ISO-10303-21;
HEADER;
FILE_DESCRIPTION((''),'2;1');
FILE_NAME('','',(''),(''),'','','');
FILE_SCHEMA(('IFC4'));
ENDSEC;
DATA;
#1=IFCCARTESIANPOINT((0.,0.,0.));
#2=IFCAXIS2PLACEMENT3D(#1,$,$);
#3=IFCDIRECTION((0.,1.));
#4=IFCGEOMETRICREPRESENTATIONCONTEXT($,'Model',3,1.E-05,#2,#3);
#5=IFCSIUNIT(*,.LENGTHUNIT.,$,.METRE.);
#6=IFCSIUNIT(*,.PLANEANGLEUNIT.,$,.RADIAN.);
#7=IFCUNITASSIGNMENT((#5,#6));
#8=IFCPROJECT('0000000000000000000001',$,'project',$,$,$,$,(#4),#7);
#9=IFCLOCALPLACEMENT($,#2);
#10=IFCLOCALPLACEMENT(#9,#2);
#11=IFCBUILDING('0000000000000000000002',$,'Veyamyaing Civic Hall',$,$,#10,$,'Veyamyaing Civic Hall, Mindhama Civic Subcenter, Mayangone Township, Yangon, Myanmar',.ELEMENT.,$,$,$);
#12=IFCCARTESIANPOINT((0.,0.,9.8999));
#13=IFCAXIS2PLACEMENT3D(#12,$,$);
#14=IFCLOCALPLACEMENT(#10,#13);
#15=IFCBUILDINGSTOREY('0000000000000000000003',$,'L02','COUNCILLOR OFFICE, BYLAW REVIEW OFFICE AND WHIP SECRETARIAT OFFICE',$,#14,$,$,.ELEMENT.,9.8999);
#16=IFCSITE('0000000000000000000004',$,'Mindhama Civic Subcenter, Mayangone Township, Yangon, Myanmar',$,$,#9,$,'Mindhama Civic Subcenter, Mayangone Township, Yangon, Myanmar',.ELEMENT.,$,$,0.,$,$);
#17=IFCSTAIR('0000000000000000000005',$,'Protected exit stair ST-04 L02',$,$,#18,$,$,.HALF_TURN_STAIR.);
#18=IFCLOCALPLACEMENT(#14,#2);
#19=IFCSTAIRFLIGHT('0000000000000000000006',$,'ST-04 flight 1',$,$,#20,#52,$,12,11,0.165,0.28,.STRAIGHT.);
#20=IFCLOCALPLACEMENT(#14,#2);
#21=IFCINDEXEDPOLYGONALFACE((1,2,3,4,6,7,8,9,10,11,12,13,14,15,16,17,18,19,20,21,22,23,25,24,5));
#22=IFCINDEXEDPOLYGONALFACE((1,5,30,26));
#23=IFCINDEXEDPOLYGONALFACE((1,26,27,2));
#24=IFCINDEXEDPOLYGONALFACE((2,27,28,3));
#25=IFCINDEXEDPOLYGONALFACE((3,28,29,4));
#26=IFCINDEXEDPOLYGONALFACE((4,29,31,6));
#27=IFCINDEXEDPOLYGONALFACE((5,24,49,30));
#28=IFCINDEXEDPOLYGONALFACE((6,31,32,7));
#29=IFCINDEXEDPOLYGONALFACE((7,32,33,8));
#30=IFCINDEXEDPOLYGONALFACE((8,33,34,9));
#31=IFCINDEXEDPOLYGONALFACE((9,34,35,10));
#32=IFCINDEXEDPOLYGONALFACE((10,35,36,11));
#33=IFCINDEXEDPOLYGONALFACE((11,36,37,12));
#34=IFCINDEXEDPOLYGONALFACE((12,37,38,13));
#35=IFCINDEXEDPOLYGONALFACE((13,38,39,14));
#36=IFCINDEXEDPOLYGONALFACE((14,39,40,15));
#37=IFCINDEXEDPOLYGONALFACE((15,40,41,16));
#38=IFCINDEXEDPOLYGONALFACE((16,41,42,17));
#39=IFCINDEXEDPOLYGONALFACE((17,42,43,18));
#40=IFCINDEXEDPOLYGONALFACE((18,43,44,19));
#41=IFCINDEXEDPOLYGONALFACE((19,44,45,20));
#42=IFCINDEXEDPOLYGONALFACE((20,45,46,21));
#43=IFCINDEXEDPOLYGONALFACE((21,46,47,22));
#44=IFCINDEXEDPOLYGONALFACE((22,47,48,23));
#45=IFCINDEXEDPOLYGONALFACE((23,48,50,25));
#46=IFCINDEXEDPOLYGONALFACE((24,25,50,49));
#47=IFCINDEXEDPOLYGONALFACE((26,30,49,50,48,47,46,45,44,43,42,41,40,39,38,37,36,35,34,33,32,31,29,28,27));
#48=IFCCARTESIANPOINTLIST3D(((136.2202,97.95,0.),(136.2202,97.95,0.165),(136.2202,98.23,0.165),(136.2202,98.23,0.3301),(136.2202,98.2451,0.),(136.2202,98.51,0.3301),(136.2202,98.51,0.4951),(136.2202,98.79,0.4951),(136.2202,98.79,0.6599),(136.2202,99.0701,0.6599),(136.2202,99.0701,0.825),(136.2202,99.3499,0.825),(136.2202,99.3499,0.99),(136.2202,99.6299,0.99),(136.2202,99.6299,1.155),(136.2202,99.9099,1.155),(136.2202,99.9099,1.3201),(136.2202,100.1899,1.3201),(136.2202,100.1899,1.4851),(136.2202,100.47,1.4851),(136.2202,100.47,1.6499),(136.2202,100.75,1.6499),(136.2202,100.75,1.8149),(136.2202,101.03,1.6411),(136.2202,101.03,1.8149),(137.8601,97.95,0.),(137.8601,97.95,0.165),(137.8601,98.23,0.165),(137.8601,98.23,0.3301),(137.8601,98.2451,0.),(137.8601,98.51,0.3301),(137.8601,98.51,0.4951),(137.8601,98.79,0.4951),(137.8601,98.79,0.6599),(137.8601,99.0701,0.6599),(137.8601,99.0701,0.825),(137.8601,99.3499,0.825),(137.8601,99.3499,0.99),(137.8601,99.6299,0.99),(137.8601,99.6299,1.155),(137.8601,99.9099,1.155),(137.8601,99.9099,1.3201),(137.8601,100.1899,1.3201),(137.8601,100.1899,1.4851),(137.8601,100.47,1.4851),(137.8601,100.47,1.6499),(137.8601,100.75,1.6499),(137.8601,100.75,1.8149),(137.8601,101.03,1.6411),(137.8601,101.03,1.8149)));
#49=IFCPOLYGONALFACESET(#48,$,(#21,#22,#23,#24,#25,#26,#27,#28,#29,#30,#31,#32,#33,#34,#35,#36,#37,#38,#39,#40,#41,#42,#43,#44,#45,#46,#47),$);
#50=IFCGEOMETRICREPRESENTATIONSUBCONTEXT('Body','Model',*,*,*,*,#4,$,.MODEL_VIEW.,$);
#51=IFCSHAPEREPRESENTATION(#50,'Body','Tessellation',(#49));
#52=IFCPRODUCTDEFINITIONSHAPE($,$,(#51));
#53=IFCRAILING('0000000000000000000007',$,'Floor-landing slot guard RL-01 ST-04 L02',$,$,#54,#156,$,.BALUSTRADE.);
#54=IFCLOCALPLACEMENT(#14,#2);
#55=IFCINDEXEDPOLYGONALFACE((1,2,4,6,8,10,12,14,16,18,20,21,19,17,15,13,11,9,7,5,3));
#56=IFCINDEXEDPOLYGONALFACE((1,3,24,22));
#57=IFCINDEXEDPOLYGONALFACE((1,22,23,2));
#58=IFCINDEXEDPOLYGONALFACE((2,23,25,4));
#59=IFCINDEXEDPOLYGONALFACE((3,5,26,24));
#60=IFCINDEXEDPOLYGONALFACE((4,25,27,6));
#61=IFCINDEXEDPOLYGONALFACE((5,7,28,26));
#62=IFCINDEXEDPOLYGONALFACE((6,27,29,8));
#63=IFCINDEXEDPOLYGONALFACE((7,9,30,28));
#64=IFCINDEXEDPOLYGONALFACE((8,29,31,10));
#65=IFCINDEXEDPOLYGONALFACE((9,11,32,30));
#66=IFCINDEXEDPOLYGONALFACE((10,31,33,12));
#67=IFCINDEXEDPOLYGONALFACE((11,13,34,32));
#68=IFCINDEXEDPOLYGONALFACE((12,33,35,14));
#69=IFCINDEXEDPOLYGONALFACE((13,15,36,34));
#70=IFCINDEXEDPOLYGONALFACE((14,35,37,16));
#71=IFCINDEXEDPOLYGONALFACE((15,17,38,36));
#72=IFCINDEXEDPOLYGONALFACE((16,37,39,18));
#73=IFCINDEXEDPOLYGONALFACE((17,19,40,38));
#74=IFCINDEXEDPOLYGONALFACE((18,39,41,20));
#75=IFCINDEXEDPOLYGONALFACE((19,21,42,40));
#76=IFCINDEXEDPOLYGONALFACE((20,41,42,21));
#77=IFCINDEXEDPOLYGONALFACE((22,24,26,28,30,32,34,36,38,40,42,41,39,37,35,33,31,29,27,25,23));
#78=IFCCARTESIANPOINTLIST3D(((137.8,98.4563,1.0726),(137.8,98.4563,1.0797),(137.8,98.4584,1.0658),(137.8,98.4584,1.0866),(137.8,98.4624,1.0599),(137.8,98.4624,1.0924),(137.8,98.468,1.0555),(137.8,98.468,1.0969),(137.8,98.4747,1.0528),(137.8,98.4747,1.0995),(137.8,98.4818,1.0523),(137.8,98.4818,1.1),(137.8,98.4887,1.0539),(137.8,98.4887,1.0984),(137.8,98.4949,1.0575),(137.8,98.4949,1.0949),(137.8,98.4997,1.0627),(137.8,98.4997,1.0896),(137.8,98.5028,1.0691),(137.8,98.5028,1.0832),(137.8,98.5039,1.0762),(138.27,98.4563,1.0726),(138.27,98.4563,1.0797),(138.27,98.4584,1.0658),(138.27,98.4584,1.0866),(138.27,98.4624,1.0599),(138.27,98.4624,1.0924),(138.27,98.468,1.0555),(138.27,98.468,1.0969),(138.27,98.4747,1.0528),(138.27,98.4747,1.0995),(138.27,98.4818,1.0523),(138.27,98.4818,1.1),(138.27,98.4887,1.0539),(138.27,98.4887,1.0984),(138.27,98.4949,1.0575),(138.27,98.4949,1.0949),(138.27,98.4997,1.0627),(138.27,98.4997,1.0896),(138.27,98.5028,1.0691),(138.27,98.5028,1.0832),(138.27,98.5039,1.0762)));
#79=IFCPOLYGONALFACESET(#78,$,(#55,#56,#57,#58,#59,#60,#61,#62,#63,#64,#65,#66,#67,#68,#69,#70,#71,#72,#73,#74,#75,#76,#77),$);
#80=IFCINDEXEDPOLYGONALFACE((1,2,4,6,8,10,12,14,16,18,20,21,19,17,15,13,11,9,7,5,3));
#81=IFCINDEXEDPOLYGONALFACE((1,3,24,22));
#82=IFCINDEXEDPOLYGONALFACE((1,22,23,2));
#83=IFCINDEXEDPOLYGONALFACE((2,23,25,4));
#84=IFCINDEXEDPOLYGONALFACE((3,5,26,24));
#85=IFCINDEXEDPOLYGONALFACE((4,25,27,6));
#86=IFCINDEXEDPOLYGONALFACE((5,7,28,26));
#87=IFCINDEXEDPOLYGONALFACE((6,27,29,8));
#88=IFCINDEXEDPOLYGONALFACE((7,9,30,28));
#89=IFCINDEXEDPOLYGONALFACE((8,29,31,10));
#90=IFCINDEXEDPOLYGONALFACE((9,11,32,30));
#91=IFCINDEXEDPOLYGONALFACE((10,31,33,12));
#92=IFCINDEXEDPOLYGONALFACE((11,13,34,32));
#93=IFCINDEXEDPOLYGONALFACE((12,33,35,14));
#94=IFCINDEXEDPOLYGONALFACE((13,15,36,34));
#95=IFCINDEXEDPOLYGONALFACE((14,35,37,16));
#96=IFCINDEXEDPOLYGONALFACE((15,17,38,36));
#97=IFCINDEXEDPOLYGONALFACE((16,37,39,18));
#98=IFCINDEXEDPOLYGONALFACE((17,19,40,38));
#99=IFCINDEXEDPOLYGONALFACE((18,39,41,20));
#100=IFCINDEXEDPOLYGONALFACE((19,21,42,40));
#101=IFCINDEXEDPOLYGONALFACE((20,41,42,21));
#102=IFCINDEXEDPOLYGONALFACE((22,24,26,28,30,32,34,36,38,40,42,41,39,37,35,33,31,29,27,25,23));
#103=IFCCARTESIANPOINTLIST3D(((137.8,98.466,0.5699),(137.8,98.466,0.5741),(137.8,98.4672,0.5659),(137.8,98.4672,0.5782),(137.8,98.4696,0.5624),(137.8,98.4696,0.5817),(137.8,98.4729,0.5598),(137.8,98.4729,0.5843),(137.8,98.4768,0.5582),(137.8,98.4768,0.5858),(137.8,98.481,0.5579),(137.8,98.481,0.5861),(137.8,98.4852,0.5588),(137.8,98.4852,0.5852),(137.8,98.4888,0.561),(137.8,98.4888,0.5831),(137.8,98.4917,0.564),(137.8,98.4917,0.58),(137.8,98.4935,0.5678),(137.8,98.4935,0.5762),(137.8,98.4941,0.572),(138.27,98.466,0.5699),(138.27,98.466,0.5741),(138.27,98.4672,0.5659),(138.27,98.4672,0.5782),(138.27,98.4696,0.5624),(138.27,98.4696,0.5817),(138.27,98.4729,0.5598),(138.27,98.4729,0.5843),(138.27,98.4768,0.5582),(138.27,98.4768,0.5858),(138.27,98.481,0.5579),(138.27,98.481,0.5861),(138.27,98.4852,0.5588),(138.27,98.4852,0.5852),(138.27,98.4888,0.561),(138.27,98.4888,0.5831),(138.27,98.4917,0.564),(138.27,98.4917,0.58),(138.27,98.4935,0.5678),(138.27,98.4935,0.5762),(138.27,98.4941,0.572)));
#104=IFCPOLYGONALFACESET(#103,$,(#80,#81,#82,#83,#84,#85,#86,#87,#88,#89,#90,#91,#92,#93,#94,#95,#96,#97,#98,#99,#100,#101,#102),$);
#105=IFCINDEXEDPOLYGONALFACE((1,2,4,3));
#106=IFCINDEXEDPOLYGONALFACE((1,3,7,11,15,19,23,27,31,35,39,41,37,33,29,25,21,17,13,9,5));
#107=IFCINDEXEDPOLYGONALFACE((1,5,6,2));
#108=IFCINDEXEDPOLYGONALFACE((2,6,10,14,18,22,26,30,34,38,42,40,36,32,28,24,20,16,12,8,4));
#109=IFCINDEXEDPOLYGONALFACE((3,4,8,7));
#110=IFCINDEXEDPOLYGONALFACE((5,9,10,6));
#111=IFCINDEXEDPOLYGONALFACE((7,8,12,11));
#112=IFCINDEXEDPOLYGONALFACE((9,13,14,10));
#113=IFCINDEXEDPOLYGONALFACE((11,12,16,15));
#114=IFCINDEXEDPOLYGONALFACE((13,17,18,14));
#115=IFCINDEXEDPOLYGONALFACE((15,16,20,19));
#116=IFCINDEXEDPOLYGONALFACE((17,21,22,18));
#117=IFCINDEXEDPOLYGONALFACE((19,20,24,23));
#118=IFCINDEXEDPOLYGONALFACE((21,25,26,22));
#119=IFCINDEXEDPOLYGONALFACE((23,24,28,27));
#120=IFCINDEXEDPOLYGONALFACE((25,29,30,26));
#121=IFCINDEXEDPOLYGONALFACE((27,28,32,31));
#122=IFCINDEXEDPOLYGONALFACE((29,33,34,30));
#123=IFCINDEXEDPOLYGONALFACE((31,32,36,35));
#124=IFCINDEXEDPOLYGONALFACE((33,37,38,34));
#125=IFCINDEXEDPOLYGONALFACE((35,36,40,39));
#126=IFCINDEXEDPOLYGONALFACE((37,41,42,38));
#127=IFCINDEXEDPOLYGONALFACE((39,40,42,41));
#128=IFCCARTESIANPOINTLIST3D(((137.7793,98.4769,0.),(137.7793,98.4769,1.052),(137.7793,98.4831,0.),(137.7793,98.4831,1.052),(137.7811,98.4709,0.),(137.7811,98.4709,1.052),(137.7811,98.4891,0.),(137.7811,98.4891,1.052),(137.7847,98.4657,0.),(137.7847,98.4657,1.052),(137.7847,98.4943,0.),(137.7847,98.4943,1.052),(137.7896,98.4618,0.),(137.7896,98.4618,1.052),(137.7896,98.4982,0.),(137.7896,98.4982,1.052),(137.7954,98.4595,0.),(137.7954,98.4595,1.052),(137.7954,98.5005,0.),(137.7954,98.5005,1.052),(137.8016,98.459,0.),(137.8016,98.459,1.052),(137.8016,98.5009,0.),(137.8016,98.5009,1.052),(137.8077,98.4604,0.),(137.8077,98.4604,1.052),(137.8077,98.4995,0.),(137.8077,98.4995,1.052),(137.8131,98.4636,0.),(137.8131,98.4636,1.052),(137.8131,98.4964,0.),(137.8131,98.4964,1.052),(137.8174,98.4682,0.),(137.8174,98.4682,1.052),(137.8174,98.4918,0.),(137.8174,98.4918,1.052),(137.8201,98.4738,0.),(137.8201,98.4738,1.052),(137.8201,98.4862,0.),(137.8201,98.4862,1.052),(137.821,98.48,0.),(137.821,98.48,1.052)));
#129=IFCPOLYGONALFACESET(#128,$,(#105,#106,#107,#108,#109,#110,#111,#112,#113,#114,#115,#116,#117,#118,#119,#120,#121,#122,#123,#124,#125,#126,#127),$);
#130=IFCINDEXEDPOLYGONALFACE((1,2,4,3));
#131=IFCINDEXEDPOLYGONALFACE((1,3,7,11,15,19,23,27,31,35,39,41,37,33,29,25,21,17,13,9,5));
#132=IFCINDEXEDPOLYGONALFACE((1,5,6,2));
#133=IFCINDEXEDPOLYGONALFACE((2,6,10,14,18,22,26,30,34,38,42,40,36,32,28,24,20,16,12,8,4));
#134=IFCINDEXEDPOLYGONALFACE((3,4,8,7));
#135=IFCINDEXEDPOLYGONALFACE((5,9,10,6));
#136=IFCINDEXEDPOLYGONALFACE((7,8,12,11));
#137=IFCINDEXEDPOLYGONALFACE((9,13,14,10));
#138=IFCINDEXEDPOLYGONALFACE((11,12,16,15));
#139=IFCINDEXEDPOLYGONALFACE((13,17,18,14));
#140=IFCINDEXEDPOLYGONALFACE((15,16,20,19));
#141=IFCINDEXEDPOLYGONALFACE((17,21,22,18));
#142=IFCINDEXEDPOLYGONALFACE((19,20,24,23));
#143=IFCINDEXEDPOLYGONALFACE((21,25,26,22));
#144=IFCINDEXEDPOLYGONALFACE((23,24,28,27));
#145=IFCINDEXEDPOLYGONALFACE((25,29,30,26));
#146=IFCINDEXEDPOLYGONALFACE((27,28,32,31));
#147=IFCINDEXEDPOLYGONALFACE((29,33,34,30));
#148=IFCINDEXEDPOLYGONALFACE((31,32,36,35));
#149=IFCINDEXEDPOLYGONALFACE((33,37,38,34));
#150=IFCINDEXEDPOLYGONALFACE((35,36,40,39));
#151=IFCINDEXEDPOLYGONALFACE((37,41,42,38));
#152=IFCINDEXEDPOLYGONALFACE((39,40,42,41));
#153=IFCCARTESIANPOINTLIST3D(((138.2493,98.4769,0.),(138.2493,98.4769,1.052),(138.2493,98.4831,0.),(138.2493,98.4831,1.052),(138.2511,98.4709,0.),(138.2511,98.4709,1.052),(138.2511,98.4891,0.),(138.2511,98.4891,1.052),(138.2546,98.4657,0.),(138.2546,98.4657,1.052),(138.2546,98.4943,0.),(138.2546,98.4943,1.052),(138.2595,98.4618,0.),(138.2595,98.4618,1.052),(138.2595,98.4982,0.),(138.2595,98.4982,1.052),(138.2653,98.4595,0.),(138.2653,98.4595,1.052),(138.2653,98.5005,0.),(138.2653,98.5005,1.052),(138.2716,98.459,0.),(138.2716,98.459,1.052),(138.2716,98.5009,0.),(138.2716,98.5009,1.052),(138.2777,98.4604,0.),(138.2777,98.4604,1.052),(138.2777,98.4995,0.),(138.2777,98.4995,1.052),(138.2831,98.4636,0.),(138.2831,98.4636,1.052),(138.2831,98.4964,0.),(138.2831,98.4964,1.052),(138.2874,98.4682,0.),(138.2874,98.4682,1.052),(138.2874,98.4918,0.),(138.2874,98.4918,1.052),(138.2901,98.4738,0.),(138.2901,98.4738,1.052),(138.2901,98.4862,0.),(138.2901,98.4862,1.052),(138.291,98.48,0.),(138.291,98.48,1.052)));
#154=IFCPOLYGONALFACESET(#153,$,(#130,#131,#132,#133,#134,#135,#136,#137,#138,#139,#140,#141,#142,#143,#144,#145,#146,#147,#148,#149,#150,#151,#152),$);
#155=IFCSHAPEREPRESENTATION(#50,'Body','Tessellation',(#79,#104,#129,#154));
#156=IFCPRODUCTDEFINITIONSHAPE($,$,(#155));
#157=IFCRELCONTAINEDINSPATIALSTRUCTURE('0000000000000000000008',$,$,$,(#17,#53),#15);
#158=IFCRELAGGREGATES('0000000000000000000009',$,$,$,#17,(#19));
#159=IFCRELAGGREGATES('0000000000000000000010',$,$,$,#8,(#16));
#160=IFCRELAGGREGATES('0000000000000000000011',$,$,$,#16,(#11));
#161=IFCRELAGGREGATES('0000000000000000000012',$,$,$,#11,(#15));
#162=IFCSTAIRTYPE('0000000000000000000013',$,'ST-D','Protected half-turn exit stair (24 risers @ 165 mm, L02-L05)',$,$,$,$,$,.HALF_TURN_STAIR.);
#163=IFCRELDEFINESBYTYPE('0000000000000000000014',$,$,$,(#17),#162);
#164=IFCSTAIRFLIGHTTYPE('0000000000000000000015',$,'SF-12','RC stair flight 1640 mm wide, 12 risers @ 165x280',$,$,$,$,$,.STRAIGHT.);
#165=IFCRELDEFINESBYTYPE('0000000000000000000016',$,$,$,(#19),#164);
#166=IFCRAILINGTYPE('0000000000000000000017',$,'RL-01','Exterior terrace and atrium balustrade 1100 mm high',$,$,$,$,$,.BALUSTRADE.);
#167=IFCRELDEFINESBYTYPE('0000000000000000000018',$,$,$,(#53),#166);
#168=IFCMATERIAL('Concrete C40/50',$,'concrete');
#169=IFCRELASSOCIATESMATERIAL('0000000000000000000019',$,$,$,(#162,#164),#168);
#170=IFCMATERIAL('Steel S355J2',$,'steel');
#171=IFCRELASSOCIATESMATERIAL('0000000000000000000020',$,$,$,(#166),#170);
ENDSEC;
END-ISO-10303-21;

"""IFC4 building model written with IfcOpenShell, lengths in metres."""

from ifc_helpers import new_model, si_unit, direction, frame, origin, origin_2d, place, context, subcontext, project, spatial, polyline, circle, outline, extrude, material, type_object, element, aggregate, save


model = new_model("IFC4")

# Units and contexts
model_context = context("Model", 3, precision=1e-05, world=origin(), true_north=direction((0.0, 1.0)))
body_context = subcontext(model_context, "Body", "Model", "MODEL_VIEW")
ifc_project = project(units=[si_unit("LENGTHUNIT", "METRE"), si_unit("PLANEANGLEUNIT", "RADIAN")], contexts=[model_context])

# Site, building, storey
site_placement = place(None, origin())
site = spatial("IfcSite", under=ifc_project, at=site_placement, Name="Mindhama Civic Subcenter, Mayangone Township, Yangon, Myanmar", LongName="Mindhama Civic Subcenter, Mayangone Township, Yangon, Myanmar", CompositionType="ELEMENT", RefElevation=0.0)
building_placement = place(site_placement, origin())
building = spatial("IfcBuilding", under=site, at=building_placement, Name="Veyamyaing Civic Hall", LongName="Veyamyaing Civic Hall, Mindhama Civic Subcenter, Mayangone Township, Yangon, Myanmar", CompositionType="ELEMENT")
storey_placement = place(building_placement, frame((0.0, 0.0, 9.8999)))
storey = spatial("IfcBuildingStorey", under=building, at=storey_placement, Name="L02", Description="COUNCILLOR OFFICE, BYLAW REVIEW OFFICE AND WHIP SECRETARIAT OFFICE", CompositionType="ELEMENT", Elevation=9.8999)

# Shared definitions
ifc_material_1 = material(Name="Concrete C40/50", Category="concrete")

# Stair, stair flight
stair_type = type_object("IfcStairType", Name="ST-D", Description="Protected half-turn exit stair (24 risers @ 165 mm, L02-L05)", PredefinedType="HALF_TURN_STAIR", material=ifc_material_1)
stair_placement = place(storey_placement, origin())
stair = element("IfcStair", 1, at=stair_placement, inside=storey, type_object=stair_type, Name="Protected exit stair ST-04 L02", PredefinedType="HALF_TURN_STAIR")
stair_flight_type = type_object("IfcStairFlightType", Name="SF-12", Description="RC stair flight 1640 mm wide, 12 risers @ 165x280", PredefinedType="STRAIGHT", material=ifc_material_1)
stair_flight_placement = place(storey_placement, frame((137.04, 97.95, 0.0), z_axis=(0.0, 0.0, 1.0), x_axis=(0.0, 1.0, 0.0)))
stair_flight = element("IfcStairFlight", 2, at=stair_flight_placement, type_object=stair_flight_type, Name="ST-04 flight 1", NumberOfRisers=12, NumberOfTreads=11, PredefinedType="STRAIGHT", RiserHeight=0.165, TreadLength=0.28, context=body_context, shape_type="SweptSolid", body=[
    extrude(outline(polyline([(0.0, 0.0), (0.0, 0.165), (0.28, 0.165), (0.28, 0.3301), (0.5601, 0.3301), (0.5601, 0.4951), (0.8401, 0.4951), (0.8401, 0.6599), (1.1201, 0.6599), (1.1201, 0.825), (1.3999, 0.825), (1.3999, 0.99), (1.6799, 0.99), (1.6799, 1.155), (1.96, 1.155), (1.96, 1.3201), (2.24, 1.3201), (2.24, 1.4851), (2.52, 1.4851), (2.52, 1.6499), (2.8, 1.6499), (2.8, 1.8149), (3.0801, 1.8149), (3.0801, 1.98), (3.0801, 1.6411), (0.2952, 0.0), (0.0, 0.0)])), frame((0.0, 0.8198, 0.0), z_axis=(0.0, -1.0, 0.0), x_axis=(1.0, 0.0, 0.0)), (0.0, 0.0, 1.0), 1.6399),
])
aggregate(stair, [stair_flight])

# Railing
ifc_material_2 = material(Name="Steel S355J2", Category="steel")
railing_type_1 = type_object("IfcRailingType", Name="RL-01", Description="Exterior terrace and atrium balustrade 1100 mm high", PredefinedType="BALUSTRADE", material=ifc_material_2)
railing_1_placement = place(storey_placement, frame((137.8, 98.48, 0.0)))
element("IfcRailing", 3, at=railing_1_placement, inside=storey, type_object=railing_type_1, Name="Floor-landing slot guard RL-01 ST-04 L02", PredefinedType="BALUSTRADE", context=body_context, shape_type="SweptSolid", body=[
    extrude(circle(Radius=0.0239, at=origin_2d()), frame((0.0, 0.0, 1.0762), z_axis=(1.0, 0.0, 0.0), x_axis=(0.0, 1.0, 0.0)), (0.0, 0.0, 1.0), 0.47),
    extrude(circle(Radius=0.0142, at=origin_2d()), frame((0.0, 0.0, 0.572), z_axis=(1.0, 0.0, 0.0), x_axis=(0.0, 1.0, 0.0)), (0.0, 0.0, 1.0), 0.47),
    extrude(circle(Radius=0.021, at=origin_2d()), origin(), (0.0, 0.0, 1.0), 1.052),
    extrude(circle(Radius=0.021, at=origin_2d()), frame((0.47, 0.0, 0.0)), (0.0, 0.0, 1.0), 1.052),
])

save(model, "model.ifc")
